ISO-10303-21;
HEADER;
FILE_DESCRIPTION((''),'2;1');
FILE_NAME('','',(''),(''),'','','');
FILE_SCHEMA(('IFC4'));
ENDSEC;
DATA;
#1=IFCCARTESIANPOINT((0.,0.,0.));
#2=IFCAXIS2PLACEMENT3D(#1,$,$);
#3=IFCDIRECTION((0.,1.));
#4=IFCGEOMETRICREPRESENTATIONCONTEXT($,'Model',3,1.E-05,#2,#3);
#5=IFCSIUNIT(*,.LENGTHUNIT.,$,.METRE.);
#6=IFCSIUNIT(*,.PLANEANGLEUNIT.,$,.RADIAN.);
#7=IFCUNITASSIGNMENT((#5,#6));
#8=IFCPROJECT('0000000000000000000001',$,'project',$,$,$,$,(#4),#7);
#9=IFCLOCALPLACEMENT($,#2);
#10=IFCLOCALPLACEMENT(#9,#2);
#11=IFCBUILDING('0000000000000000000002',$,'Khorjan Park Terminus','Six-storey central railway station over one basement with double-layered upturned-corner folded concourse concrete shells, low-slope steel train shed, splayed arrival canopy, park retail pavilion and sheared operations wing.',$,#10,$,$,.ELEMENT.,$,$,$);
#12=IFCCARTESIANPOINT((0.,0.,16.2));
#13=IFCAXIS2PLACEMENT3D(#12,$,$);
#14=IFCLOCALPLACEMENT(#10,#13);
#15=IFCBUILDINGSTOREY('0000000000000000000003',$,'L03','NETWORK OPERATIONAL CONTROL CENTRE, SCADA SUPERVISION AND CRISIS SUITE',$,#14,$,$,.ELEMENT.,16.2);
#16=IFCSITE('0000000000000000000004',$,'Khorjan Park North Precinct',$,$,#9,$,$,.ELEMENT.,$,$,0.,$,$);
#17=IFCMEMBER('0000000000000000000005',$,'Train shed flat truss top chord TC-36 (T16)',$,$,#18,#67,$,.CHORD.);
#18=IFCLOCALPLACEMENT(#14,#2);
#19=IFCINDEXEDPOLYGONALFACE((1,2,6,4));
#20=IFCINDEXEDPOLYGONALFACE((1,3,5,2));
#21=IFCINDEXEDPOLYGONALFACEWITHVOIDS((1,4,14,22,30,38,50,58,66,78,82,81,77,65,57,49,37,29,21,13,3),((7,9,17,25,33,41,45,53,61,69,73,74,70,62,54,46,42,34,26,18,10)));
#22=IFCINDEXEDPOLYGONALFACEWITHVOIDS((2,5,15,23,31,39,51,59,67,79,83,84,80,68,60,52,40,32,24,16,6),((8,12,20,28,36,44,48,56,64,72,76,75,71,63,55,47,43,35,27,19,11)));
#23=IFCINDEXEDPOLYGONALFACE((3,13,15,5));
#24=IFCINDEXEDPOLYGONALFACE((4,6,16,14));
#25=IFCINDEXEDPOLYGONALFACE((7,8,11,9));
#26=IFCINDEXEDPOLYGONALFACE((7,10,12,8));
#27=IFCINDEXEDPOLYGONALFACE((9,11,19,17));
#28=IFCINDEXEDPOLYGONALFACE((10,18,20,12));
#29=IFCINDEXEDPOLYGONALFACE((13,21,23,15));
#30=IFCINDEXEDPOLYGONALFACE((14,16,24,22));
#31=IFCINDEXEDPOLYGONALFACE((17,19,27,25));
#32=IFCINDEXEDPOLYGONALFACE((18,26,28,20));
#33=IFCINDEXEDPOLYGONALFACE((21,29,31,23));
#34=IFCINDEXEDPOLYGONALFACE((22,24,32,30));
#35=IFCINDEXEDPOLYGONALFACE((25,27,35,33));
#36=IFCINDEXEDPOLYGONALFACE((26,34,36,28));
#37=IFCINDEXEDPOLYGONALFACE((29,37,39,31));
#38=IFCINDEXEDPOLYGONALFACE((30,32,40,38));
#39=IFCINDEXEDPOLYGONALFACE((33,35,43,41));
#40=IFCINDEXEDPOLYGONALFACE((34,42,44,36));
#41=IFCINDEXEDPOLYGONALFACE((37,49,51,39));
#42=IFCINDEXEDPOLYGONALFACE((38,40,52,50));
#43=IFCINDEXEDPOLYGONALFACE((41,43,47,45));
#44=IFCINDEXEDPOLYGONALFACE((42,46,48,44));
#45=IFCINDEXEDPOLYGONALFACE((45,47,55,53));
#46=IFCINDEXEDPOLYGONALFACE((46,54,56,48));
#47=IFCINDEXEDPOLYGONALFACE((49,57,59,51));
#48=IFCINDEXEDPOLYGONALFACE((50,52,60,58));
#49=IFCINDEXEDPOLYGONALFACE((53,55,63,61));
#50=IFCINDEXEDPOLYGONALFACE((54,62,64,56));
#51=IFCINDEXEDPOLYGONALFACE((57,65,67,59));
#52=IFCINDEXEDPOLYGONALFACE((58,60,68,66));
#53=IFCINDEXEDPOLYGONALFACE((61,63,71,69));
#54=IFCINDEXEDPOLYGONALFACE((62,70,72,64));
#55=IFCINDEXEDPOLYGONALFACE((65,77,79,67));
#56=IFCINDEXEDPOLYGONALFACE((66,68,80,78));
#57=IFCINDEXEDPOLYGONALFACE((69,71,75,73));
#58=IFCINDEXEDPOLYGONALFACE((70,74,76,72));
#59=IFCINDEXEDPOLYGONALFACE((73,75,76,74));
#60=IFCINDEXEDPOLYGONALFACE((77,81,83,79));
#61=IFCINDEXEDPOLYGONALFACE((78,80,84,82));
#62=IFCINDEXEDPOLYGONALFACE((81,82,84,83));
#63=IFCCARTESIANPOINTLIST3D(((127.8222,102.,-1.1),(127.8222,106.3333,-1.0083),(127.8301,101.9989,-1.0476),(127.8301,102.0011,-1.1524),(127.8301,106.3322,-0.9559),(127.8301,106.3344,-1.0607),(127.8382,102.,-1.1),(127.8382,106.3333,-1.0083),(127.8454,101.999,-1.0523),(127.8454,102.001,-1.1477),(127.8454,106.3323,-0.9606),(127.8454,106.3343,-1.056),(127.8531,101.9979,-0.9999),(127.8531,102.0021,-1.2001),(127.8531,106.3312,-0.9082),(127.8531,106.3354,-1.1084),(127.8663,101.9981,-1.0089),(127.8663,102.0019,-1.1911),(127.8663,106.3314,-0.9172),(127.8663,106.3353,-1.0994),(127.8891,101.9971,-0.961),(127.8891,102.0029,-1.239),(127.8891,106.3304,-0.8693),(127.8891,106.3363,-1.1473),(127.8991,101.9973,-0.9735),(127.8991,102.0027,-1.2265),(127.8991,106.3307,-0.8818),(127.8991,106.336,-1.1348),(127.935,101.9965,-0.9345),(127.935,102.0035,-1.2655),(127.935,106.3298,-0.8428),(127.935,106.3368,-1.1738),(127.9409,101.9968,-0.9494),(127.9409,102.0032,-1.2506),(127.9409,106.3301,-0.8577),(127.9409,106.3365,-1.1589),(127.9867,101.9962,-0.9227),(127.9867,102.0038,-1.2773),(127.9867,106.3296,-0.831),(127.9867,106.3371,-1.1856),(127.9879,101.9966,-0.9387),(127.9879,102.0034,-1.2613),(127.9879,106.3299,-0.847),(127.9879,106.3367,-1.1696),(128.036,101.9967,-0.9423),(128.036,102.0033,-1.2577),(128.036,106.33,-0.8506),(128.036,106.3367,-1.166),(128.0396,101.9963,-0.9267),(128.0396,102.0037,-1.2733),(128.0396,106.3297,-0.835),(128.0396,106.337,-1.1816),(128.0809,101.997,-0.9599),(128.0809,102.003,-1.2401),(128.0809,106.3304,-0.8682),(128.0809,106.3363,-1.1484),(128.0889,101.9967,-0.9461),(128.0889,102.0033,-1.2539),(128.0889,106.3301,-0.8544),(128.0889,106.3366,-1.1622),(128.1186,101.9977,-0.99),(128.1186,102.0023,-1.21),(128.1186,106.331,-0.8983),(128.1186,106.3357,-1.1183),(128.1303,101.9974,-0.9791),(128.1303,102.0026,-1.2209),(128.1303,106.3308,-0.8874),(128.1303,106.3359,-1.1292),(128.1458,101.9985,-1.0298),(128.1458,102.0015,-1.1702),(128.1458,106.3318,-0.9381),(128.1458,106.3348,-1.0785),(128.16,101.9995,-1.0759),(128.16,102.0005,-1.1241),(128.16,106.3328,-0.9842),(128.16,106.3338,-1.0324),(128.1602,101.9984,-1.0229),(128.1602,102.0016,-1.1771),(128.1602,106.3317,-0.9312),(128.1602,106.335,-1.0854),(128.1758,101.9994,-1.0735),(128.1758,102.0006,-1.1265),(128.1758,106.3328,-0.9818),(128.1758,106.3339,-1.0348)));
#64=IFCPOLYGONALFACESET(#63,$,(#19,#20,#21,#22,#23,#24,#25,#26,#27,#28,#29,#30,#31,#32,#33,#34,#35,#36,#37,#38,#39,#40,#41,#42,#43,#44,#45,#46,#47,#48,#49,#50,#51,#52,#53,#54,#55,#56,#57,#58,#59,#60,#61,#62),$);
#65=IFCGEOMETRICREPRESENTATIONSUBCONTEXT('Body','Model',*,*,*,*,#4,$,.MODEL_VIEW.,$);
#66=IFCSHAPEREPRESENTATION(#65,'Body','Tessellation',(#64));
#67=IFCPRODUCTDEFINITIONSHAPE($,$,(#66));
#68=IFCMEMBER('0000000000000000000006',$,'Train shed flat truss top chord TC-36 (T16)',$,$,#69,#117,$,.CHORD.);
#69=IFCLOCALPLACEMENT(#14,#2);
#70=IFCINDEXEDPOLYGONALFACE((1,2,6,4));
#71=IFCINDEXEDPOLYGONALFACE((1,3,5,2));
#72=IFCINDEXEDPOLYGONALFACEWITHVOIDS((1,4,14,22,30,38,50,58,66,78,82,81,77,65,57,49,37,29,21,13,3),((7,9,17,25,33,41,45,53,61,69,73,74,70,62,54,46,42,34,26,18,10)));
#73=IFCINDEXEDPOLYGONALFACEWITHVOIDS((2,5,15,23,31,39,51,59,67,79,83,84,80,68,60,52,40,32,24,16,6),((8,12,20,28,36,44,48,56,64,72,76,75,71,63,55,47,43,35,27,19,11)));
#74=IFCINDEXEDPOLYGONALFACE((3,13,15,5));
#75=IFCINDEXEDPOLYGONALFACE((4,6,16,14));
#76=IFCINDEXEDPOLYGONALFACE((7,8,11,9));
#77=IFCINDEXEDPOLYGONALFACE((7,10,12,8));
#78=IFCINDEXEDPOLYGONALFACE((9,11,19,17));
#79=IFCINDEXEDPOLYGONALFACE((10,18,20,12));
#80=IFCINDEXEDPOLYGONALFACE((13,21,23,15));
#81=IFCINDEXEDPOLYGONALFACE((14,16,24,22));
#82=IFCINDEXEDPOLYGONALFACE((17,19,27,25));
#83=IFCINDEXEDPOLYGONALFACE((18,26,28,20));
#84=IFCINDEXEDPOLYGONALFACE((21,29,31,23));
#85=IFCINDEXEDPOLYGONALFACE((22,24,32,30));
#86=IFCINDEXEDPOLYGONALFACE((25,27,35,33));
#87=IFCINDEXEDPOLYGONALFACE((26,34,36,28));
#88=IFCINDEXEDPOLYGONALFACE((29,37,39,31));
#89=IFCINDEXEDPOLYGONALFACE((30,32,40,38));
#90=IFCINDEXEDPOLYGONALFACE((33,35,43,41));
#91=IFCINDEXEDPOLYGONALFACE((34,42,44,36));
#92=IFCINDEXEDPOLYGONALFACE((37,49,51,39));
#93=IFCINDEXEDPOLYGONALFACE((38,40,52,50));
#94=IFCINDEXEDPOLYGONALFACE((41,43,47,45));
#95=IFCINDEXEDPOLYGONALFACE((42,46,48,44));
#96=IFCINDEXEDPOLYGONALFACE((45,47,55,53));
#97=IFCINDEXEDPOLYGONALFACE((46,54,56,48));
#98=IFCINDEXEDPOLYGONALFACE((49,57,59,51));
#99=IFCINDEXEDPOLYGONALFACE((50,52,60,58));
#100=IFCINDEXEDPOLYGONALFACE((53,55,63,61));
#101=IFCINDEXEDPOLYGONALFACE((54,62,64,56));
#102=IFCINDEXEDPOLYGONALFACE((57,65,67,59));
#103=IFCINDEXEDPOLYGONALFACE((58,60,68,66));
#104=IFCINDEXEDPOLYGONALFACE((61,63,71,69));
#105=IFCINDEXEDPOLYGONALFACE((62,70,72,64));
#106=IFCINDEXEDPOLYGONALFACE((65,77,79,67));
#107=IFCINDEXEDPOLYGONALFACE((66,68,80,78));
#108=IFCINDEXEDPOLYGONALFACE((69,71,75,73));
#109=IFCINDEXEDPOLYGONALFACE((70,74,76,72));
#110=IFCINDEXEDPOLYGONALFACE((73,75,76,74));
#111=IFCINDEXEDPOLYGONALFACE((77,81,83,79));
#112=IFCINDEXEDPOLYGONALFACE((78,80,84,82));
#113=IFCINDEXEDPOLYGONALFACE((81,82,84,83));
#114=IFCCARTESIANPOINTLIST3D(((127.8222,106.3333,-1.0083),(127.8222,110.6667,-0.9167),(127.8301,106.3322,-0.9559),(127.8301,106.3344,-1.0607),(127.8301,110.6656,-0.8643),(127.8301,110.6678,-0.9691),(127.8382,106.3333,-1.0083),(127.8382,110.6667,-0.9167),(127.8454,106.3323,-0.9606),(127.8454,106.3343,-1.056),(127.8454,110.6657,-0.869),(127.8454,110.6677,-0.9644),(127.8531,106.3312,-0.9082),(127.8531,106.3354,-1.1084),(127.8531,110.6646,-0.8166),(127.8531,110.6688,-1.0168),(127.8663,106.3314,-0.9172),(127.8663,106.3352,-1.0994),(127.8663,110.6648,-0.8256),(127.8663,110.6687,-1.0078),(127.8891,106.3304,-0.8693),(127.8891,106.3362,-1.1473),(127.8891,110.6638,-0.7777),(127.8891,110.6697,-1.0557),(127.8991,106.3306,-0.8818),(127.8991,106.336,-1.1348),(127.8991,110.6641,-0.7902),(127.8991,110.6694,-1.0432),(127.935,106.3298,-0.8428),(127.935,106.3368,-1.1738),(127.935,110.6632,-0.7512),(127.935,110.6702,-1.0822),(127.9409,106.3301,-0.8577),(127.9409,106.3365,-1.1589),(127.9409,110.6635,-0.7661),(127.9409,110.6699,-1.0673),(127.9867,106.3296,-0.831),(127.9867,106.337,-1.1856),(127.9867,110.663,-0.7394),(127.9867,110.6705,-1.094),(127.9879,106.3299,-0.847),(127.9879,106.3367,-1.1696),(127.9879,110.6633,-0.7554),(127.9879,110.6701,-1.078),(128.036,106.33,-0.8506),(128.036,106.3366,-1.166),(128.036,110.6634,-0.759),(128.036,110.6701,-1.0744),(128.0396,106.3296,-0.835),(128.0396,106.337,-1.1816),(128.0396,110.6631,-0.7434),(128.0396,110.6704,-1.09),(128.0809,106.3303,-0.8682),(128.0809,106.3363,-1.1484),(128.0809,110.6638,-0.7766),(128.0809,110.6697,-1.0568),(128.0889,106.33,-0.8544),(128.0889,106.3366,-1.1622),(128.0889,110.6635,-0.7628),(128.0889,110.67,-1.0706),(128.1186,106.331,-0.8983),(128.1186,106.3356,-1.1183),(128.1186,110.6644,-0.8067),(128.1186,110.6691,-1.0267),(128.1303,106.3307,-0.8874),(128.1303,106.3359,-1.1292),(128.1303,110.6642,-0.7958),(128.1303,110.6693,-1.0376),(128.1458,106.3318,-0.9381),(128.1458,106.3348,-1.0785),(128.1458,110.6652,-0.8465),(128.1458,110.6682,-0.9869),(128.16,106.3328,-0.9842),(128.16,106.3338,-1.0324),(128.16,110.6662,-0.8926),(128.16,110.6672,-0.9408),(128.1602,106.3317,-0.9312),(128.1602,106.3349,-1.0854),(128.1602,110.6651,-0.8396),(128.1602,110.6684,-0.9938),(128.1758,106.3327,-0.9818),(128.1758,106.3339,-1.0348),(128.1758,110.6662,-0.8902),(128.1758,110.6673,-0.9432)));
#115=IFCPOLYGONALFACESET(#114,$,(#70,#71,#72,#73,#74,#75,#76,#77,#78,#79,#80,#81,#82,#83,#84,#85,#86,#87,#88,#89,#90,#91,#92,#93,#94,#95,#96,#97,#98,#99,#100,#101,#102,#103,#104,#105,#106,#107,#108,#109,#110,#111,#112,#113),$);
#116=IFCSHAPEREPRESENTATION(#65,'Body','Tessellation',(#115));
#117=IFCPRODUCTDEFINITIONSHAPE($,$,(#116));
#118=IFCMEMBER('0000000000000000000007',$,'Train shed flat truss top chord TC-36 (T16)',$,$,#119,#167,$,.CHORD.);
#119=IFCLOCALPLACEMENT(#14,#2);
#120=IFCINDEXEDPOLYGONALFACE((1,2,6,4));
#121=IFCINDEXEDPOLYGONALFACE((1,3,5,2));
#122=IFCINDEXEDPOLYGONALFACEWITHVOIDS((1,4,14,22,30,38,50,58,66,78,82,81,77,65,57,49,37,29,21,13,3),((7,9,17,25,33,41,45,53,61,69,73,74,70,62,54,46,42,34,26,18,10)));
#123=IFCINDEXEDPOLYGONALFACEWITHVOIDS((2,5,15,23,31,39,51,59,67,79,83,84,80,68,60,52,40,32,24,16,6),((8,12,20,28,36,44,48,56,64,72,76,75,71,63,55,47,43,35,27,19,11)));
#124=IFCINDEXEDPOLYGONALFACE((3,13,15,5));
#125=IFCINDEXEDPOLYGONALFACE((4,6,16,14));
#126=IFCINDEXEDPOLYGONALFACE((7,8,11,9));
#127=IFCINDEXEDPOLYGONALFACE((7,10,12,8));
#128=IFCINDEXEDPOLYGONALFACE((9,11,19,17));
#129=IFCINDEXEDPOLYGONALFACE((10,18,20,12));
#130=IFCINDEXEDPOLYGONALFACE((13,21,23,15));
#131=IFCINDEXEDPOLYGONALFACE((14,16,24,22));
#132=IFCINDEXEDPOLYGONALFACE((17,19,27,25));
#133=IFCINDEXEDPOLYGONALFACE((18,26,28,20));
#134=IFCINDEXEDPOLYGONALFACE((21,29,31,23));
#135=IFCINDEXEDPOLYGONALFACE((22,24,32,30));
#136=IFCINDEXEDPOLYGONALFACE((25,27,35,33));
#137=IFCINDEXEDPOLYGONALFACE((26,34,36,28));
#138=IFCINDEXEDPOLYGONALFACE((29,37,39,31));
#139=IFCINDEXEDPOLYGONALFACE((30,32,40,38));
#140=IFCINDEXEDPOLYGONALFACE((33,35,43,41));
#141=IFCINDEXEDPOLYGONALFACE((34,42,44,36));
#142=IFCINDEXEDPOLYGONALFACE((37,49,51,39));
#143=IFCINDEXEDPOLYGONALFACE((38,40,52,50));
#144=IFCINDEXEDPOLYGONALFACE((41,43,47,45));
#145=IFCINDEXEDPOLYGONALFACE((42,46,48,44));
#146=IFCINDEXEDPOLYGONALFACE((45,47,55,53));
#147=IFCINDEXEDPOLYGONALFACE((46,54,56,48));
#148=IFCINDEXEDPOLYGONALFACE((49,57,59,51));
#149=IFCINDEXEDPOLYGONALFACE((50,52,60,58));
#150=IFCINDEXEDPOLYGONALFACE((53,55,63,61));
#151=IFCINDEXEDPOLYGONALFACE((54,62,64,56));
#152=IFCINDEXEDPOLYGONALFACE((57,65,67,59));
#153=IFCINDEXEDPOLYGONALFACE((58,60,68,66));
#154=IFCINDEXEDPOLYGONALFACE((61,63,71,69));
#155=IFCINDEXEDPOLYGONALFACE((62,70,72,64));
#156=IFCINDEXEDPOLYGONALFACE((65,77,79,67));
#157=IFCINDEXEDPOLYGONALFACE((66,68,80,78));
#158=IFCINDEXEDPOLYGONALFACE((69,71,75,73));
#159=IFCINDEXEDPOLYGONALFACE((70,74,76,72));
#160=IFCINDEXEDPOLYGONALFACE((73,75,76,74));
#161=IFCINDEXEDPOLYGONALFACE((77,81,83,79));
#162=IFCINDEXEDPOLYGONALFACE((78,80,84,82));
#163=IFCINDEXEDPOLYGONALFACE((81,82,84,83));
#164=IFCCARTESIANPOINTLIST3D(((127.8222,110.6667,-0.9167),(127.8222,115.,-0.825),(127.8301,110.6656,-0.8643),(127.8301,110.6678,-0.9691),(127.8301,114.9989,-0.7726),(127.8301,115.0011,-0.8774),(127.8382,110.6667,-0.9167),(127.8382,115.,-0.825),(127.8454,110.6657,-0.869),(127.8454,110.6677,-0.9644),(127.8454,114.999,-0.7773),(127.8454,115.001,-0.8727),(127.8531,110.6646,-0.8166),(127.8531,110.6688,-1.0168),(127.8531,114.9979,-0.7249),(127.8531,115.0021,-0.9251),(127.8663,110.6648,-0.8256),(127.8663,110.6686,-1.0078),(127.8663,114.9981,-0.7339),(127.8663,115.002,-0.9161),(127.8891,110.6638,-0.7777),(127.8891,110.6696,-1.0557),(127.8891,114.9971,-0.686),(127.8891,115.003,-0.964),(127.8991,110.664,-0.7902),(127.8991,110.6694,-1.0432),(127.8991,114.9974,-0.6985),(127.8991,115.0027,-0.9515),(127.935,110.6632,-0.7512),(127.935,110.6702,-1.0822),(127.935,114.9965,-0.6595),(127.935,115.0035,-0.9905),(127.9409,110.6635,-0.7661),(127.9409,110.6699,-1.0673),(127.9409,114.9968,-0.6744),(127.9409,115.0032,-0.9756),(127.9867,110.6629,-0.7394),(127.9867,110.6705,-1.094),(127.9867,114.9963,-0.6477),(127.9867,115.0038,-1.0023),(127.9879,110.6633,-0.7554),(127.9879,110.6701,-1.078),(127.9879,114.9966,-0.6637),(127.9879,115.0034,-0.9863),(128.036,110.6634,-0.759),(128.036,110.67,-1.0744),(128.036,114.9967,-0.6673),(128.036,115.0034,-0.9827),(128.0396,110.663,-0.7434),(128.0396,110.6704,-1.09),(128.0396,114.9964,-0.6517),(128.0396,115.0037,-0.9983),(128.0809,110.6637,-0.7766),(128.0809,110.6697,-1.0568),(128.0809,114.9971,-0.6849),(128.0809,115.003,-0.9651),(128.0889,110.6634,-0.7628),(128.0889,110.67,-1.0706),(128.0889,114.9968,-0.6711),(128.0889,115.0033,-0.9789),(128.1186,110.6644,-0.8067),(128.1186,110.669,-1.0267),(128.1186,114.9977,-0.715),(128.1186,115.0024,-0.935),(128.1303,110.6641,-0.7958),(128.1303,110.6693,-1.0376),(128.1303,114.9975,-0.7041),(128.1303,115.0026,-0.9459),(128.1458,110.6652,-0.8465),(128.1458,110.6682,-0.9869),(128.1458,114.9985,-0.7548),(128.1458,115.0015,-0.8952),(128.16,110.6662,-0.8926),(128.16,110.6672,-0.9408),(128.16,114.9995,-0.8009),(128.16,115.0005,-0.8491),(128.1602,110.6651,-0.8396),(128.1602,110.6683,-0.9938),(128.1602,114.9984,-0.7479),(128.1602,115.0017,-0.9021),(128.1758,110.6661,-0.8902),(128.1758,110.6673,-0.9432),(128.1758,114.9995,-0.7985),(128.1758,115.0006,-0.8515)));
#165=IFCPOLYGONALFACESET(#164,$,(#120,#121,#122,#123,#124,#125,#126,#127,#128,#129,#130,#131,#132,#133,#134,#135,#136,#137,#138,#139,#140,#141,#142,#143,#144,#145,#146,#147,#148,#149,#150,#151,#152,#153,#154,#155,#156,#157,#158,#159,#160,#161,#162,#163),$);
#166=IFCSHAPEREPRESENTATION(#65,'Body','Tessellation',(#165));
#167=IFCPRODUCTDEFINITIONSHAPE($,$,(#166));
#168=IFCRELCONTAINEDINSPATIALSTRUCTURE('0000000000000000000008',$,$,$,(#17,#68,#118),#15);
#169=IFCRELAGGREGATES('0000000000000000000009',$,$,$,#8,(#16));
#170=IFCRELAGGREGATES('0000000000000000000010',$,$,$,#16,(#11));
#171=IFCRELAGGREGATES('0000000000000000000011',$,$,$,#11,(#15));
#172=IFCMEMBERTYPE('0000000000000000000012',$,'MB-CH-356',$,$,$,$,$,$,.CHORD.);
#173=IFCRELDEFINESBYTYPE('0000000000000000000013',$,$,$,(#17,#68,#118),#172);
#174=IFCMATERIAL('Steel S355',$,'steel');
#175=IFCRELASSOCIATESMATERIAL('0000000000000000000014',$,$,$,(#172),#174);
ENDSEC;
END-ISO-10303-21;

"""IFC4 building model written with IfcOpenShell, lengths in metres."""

from ifc_helpers import new_model, si_unit, direction, frame, origin, origin_2d, place, context, subcontext, project, spatial, hollow_circle, extrude, material, material_profile, profile_set, type_object, element, save


model = new_model("IFC4")

# Units and contexts
model_context = context("Model", 3, precision=1e-05, world=origin(), true_north=direction((0.0, 1.0)))
body_context = subcontext(model_context, "Body", "Model", "MODEL_VIEW")
ifc_project = project(units=[si_unit("LENGTHUNIT", "METRE"), si_unit("PLANEANGLEUNIT", "RADIAN")], contexts=[model_context])

# Site, building, storey
site_placement = place(None, origin())
site = spatial("IfcSite", under=ifc_project, at=site_placement, Name="Khorjan Park North Precinct", CompositionType="ELEMENT", RefElevation=0.0)
building_placement = place(site_placement, origin())
building = spatial("IfcBuilding", under=site, at=building_placement, Name="Khorjan Park Terminus", Description="Six-storey central railway station over one basement with double-layered upturned-corner folded concourse concrete shells, low-slope steel train shed, splayed arrival canopy, park retail pavilion and sheared operations wing.", CompositionType="ELEMENT")
storey_placement = place(building_placement, frame((0.0, 0.0, 16.2)))
storey = spatial("IfcBuildingStorey", under=building, at=storey_placement, Name="L03", Description="NETWORK OPERATIONAL CONTROL CENTRE, SCADA SUPERVISION AND CRISIS SUITE", CompositionType="ELEMENT", Elevation=16.2)

# Members
ifc_material_1 = material(Name="Steel S355", Category="steel")
ifc_material_profile_1 = material_profile(ifc_material_1, hollow_circle(Radius=0.1778, WallThickness=0.016, at=origin_2d()), Name="CHS 355.6x16")
ifc_profile_set_1 = profile_set([ifc_material_profile_1], Name="Steel S355")
member_type_1 = type_object("IfcMemberType", Name="MB-CH-356", PredefinedType="CHORD", material=ifc_profile_set_1)
member_1_placement = place(storey_placement, frame((128.0, 102.0, -1.1), z_axis=(0.0, 0.999776, 0.021157), x_axis=(-1.0, 0.0, 0.0)))
element("IfcMember", 1, at=member_1_placement, inside=storey, type_object=member_type_1, Name="Train shed flat truss top chord TC-36 (T16)", PredefinedType="CHORD", context=body_context, shape_type="SweptSolid", body=[
    extrude(hollow_circle(Radius=0.1778, WallThickness=0.016, at=origin_2d()), origin(), (0.0, 0.0, 1.0), 4.3343),
])
member_2_placement = place(storey_placement, frame((128.0, 106.3333, -1.0083), z_axis=(0.0, 0.999777, 0.021133), x_axis=(-1.0, 0.0, 0.0)))
element("IfcMember", 2, at=member_2_placement, inside=storey, type_object=member_type_1, Name="Train shed flat truss top chord TC-36 (T16)", PredefinedType="CHORD", context=body_context, shape_type="SweptSolid", body=[
    extrude(hollow_circle(Radius=0.1778, WallThickness=0.016, at=origin_2d()), origin(), (0.0, 0.0, 1.0), 4.3344),
])
member_3_placement = place(storey_placement, frame((128.0, 110.6667, -0.9167), z_axis=(0.0, 0.999776, 0.021157), x_axis=(-1.0, 0.0, 0.0)))
element("IfcMember", 3, at=member_3_placement, inside=storey, type_object=member_type_1, Name="Train shed flat truss top chord TC-36 (T16)", PredefinedType="CHORD", context=body_context, shape_type="SweptSolid", body=[
    extrude(hollow_circle(Radius=0.1778, WallThickness=0.016, at=origin_2d()), origin(), (0.0, 0.0, 1.0), 4.3343),
])

save(model, "model.ifc")
